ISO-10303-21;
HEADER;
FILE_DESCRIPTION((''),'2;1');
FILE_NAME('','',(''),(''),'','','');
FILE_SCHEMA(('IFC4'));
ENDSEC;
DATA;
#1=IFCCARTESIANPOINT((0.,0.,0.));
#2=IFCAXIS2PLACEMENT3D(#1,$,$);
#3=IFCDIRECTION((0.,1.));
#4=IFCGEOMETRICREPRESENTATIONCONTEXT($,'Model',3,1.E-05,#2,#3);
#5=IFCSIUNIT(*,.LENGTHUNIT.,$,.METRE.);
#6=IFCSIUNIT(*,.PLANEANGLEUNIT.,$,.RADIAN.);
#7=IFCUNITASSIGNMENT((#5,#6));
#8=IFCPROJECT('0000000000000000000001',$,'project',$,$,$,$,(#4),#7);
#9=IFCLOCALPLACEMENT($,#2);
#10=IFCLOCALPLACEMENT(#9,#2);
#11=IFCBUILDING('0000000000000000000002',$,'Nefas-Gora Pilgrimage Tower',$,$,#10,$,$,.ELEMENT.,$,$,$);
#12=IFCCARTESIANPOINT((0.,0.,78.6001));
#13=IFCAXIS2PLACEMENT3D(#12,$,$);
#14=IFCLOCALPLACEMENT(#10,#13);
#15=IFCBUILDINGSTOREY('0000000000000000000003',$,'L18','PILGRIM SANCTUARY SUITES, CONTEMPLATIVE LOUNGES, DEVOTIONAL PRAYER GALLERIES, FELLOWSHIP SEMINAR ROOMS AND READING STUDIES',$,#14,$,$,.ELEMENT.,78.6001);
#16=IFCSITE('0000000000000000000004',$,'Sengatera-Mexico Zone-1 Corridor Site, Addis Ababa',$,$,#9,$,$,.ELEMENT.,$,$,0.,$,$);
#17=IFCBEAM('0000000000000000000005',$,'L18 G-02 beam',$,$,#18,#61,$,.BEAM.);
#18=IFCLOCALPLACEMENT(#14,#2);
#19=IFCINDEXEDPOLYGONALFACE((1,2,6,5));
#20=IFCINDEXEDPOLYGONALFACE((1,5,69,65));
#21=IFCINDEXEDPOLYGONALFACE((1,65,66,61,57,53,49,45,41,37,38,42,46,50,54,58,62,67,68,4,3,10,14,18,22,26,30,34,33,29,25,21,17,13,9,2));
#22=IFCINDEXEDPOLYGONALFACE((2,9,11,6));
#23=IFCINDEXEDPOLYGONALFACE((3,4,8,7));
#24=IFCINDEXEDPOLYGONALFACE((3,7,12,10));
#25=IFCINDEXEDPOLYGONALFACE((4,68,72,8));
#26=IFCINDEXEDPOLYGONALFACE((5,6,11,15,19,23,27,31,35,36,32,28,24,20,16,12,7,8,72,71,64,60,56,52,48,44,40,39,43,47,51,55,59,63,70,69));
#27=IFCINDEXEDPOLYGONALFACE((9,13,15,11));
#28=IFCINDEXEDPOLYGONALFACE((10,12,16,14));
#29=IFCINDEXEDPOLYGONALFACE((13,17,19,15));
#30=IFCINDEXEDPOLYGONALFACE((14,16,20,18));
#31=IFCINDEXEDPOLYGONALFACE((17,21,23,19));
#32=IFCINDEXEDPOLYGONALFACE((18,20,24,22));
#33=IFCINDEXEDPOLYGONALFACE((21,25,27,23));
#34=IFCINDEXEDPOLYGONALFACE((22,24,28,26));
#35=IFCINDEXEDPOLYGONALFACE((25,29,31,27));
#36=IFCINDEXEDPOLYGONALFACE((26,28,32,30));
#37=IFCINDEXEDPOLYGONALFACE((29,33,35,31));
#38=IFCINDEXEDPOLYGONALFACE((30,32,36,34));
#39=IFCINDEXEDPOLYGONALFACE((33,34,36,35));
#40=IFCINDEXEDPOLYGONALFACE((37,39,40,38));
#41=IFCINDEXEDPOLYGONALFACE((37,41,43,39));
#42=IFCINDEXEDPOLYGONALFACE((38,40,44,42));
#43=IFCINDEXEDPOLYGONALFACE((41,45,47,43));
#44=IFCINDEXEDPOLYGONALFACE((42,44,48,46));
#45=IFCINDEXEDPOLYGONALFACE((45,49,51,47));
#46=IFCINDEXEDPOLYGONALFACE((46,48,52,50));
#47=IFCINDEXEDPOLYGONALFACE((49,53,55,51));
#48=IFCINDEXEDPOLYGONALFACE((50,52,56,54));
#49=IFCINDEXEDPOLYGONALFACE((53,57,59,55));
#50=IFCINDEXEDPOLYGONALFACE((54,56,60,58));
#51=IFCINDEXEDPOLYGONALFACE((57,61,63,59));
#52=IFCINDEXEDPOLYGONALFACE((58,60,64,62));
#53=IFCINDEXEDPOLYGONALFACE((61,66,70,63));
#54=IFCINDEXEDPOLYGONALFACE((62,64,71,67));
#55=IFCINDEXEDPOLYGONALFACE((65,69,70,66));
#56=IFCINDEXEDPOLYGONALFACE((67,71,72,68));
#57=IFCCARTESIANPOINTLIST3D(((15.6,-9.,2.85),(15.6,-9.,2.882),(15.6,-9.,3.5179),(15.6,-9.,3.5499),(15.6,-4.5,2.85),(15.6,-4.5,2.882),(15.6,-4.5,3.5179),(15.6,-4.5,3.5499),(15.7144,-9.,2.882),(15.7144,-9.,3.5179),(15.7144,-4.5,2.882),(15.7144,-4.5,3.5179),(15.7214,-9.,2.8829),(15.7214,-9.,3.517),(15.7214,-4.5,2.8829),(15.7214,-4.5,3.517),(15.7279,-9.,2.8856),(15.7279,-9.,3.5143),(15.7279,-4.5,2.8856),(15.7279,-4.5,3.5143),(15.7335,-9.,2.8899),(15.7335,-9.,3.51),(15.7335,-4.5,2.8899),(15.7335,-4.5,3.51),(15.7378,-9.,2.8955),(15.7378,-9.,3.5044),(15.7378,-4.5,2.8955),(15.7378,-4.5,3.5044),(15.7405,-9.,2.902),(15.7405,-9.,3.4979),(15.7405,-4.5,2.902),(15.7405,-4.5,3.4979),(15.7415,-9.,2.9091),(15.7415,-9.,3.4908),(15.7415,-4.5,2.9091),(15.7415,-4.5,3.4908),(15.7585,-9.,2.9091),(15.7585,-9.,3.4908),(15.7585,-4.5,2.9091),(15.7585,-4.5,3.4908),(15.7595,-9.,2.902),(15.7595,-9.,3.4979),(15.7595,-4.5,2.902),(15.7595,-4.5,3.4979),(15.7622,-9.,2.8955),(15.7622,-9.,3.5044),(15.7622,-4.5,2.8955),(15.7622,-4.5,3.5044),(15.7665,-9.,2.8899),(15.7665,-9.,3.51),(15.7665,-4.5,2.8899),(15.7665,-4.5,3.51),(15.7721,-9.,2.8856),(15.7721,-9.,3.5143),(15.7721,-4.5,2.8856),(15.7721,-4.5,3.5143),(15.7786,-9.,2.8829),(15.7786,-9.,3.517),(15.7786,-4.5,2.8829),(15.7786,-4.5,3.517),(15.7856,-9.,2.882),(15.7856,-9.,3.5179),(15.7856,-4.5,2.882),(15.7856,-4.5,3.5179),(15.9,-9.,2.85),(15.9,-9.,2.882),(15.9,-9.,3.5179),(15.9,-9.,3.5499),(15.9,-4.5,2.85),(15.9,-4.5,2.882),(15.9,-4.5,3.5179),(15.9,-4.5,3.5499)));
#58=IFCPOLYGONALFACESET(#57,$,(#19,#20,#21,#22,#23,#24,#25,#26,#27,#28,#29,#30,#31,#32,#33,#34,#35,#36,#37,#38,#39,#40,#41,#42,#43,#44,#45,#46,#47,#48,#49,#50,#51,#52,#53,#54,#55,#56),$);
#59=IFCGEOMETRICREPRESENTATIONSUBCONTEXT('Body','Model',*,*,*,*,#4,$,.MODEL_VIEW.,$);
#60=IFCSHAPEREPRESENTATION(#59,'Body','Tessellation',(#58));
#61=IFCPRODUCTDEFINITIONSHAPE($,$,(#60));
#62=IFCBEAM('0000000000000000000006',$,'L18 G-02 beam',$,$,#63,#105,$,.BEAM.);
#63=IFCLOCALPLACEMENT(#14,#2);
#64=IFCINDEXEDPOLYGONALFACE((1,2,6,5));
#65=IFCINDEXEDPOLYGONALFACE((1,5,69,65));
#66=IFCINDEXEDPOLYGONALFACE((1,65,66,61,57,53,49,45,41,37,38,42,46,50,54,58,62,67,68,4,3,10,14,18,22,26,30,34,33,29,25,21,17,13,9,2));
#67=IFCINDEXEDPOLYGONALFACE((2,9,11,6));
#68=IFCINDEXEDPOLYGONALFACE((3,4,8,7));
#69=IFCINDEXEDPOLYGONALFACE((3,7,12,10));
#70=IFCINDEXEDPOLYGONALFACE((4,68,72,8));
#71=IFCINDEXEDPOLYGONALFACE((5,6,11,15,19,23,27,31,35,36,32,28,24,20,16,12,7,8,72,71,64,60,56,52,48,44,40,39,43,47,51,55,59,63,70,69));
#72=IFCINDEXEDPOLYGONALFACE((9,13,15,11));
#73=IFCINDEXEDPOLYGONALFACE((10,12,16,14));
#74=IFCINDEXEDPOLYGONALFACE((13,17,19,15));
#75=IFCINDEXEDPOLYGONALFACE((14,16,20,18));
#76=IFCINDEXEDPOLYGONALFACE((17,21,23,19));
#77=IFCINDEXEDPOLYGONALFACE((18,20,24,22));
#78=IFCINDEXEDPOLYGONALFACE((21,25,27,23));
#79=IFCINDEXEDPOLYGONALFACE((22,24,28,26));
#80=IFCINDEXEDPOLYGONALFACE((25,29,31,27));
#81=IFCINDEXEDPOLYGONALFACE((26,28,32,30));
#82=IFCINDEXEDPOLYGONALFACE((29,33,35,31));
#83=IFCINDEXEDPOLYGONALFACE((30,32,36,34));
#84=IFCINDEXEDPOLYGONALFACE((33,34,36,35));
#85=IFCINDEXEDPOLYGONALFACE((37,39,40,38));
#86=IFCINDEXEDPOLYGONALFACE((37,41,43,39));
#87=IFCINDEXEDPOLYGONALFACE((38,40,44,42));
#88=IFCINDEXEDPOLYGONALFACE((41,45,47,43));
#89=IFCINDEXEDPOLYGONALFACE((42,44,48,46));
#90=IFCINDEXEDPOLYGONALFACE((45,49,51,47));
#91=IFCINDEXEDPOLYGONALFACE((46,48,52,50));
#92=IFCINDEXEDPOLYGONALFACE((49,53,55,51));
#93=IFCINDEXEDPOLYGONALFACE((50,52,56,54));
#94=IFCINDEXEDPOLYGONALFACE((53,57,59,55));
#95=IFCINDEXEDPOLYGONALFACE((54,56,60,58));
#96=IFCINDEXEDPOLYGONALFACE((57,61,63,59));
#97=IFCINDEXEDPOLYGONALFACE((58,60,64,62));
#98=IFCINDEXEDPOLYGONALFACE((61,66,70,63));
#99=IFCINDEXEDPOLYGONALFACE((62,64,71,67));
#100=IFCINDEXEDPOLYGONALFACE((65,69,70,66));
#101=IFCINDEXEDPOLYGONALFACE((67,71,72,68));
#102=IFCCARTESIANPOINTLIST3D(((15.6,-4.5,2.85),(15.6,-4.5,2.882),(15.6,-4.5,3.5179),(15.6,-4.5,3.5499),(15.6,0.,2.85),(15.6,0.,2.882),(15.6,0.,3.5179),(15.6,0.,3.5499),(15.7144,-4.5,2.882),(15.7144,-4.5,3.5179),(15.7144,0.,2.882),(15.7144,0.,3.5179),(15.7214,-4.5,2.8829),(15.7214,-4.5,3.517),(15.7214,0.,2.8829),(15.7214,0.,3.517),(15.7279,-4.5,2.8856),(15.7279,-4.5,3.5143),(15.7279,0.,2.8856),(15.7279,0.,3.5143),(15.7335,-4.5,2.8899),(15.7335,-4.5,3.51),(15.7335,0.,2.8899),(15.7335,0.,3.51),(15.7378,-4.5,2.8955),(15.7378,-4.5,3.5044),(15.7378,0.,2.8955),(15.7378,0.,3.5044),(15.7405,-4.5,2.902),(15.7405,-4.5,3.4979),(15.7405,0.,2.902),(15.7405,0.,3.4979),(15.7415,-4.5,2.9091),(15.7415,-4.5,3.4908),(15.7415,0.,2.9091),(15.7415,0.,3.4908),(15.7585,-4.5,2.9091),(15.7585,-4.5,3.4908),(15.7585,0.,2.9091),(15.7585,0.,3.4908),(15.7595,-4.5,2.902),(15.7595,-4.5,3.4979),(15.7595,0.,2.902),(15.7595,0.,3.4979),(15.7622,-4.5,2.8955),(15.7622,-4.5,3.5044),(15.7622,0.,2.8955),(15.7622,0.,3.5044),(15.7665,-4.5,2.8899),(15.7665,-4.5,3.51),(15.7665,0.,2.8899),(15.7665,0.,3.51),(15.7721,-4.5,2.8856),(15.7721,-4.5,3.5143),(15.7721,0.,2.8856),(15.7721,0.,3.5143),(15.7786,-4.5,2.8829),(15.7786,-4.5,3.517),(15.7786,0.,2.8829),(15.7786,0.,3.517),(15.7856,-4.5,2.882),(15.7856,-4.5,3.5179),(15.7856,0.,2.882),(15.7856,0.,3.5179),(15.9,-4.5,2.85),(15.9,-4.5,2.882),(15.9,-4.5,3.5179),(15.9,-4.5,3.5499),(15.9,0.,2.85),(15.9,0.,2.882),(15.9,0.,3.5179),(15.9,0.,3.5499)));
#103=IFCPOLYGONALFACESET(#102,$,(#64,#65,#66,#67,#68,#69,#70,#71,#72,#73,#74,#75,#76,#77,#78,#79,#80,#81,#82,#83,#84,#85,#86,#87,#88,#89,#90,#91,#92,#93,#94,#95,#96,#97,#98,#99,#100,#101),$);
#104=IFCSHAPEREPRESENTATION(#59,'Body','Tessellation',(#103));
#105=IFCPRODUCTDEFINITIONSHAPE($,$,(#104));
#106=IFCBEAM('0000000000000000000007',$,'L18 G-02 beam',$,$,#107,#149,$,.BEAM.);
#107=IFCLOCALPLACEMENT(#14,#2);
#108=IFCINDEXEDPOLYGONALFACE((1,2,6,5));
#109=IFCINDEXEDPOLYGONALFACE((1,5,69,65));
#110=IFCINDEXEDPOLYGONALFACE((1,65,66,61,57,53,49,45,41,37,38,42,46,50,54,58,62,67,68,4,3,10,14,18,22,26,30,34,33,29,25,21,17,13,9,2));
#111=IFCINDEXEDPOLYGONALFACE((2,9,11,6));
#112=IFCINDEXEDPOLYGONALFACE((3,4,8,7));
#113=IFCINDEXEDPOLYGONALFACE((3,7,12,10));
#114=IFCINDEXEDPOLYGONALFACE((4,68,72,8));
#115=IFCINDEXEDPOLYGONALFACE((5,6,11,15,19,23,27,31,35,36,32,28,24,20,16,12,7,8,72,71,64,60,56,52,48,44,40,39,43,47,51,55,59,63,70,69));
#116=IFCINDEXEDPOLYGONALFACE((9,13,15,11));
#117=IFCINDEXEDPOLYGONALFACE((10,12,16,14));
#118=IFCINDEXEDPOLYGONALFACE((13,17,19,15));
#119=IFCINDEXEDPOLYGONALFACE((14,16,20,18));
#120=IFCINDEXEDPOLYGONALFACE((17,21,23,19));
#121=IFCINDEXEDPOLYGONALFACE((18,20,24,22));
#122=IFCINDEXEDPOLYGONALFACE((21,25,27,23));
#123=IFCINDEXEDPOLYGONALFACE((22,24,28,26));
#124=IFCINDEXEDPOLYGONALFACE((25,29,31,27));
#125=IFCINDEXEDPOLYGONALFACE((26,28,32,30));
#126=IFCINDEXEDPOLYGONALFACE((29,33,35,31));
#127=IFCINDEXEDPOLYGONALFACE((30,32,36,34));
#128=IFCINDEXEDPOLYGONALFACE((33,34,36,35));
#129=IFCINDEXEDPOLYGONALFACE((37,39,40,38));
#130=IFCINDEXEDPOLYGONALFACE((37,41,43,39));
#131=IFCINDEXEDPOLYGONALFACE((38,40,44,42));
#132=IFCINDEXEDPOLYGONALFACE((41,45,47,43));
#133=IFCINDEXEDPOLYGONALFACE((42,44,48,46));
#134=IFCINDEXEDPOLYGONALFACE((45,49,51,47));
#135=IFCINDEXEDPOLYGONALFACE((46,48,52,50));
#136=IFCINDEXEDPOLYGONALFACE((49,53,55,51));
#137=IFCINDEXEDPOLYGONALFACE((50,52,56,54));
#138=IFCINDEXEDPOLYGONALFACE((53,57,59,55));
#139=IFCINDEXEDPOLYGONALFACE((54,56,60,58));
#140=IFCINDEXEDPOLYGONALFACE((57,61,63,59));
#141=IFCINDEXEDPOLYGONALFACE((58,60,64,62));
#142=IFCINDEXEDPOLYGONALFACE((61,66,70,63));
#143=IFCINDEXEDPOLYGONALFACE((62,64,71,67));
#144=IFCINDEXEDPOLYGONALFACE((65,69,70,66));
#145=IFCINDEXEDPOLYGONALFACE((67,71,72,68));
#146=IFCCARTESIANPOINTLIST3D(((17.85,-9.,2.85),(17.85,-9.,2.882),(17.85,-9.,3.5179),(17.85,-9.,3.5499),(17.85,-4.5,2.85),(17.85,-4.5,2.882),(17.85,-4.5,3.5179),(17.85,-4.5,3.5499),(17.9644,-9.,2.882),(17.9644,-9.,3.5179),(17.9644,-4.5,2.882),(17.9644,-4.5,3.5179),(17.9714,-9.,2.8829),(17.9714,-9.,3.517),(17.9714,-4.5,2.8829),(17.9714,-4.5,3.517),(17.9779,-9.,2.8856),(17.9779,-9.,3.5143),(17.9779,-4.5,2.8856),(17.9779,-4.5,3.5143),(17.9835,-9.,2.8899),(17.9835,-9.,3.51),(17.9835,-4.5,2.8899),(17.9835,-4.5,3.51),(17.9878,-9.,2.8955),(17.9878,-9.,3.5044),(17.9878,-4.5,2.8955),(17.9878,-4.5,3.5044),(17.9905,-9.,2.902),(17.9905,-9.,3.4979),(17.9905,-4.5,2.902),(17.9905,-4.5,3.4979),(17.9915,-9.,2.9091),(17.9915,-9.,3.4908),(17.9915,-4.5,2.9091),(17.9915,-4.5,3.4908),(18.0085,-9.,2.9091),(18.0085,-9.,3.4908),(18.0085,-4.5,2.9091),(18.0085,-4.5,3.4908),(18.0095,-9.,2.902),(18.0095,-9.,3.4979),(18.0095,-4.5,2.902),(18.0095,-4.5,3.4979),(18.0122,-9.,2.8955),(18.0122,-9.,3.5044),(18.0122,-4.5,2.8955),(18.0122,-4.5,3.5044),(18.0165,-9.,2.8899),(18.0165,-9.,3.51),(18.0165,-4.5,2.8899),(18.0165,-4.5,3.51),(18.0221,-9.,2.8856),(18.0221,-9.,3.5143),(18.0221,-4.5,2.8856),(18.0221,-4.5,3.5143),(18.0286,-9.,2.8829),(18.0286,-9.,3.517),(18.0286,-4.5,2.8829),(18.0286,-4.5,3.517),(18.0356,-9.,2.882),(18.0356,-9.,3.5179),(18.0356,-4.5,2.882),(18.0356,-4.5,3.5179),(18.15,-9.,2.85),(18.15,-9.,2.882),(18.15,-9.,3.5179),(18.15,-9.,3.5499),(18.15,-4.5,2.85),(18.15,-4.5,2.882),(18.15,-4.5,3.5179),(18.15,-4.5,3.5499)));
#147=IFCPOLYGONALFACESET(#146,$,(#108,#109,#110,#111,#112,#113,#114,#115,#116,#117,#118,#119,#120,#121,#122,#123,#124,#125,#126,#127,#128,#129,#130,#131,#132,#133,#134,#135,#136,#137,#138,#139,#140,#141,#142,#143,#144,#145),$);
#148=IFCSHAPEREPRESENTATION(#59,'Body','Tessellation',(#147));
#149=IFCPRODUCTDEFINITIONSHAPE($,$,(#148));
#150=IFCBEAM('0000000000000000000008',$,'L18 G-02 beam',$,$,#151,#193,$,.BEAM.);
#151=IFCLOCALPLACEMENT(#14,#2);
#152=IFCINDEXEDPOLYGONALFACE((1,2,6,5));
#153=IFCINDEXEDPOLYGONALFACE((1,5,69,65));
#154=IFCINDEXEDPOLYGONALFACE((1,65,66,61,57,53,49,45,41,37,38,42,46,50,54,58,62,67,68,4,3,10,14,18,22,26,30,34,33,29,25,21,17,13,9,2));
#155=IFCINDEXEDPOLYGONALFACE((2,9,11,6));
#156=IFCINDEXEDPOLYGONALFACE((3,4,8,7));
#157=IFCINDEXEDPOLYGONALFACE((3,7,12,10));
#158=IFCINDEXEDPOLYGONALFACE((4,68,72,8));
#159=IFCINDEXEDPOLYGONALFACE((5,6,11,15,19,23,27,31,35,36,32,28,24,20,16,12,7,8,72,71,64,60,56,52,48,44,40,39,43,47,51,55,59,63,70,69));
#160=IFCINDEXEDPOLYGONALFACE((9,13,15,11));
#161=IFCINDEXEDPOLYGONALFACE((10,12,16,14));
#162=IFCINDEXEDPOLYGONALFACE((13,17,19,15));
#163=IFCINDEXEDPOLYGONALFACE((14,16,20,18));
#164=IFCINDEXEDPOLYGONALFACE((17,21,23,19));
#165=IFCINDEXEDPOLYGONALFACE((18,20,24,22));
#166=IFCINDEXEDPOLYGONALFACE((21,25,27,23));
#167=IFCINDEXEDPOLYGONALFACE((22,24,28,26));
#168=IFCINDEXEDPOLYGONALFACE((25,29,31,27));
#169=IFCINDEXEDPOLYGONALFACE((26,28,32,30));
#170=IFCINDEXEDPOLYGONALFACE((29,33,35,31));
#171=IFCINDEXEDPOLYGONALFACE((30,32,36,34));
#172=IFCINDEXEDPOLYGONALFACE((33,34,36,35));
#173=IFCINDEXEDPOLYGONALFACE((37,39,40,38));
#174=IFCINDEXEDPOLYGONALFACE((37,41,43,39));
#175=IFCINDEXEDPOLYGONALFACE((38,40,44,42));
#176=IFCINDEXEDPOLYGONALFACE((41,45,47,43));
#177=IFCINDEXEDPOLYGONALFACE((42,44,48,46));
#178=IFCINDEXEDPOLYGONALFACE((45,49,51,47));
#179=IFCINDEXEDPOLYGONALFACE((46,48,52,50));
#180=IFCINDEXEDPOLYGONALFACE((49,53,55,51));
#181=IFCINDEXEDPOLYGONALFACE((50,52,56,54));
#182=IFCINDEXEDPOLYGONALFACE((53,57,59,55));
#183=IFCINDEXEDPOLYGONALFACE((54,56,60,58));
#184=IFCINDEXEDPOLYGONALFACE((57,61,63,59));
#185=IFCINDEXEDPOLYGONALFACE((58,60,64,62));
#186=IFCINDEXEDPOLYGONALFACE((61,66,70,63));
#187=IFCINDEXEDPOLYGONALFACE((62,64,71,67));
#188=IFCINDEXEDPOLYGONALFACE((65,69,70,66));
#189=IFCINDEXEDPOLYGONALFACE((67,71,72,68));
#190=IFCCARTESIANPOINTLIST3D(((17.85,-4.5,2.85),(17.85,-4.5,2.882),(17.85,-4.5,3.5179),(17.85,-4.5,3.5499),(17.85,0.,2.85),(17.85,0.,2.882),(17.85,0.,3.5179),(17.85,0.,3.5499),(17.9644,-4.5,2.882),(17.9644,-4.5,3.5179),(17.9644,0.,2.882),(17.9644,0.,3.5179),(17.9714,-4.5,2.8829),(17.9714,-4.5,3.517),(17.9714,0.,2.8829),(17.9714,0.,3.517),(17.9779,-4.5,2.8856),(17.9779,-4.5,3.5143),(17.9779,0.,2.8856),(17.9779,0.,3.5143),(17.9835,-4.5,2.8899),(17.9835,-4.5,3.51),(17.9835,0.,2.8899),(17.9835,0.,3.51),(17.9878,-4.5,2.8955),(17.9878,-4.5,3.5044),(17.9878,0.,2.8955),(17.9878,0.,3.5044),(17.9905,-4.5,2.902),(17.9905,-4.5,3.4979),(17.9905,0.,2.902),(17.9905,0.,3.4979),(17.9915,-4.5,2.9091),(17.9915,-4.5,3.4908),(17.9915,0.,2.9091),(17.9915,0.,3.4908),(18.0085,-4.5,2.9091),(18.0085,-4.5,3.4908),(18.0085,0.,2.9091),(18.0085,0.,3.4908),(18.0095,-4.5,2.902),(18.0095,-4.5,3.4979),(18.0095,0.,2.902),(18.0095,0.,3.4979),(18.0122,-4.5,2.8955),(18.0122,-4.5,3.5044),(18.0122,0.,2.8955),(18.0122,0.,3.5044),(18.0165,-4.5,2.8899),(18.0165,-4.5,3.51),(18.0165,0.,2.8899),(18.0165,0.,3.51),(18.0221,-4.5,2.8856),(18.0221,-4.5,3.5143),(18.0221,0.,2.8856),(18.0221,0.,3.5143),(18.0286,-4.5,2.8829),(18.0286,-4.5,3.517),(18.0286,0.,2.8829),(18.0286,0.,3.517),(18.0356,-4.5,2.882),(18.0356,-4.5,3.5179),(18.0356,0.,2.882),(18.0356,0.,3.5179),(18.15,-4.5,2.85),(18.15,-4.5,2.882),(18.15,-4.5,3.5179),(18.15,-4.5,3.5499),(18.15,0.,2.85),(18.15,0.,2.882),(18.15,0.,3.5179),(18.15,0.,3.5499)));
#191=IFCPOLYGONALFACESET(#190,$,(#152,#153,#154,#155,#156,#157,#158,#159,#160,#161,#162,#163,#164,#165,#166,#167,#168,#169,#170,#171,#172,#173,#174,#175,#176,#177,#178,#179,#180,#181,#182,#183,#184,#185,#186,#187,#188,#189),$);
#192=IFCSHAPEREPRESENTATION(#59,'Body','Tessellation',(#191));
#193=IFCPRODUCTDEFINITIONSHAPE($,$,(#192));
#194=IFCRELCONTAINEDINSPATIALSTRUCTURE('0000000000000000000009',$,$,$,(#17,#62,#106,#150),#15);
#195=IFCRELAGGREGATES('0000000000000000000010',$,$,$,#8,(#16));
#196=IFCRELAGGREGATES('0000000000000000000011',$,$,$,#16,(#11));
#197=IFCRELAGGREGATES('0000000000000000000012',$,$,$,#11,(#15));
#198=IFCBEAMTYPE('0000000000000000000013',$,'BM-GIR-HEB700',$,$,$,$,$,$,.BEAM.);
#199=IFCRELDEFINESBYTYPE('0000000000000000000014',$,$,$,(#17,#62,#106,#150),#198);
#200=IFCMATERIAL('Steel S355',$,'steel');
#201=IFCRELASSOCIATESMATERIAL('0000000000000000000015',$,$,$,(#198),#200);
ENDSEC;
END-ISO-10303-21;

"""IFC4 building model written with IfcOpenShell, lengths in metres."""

from ifc_helpers import new_model, si_unit, direction, frame, origin, origin_2d, place, context, subcontext, project, spatial, i_section, extrude, source, transform, mapped, material, material_profile, profile_set, type_object, element, save


model = new_model("IFC4")

# Units and contexts
model_context = context("Model", 3, precision=1e-05, world=origin(), true_north=direction((0.0, 1.0)))
body_context = subcontext(model_context, "Body", "Model", "MODEL_VIEW")
ifc_project = project(units=[si_unit("LENGTHUNIT", "METRE"), si_unit("PLANEANGLEUNIT", "RADIAN")], contexts=[model_context])

# Site, building, storey
site_placement = place(None, origin())
site = spatial("IfcSite", under=ifc_project, at=site_placement, Name="Sengatera-Mexico Zone-1 Corridor Site, Addis Ababa", CompositionType="ELEMENT", RefElevation=0.0)
building_placement = place(site_placement, origin())
building = spatial("IfcBuilding", under=site, at=building_placement, Name="Nefas-Gora Pilgrimage Tower", CompositionType="ELEMENT")
storey_placement = place(building_placement, frame((0.0, 0.0, 78.6001)))
storey = spatial("IfcBuildingStorey", under=building, at=storey_placement, Name="L18", Description="PILGRIM SANCTUARY SUITES, CONTEMPLATIVE LOUNGES, DEVOTIONAL PRAYER GALLERIES, FELLOWSHIP SEMINAR ROOMS AND READING STUDIES", CompositionType="ELEMENT", Elevation=78.6001)

# Beams
ifc_material_1 = material(Name="Steel S355", Category="steel")
ifc_material_profile_1 = material_profile(ifc_material_1, i_section(OverallWidth=0.3, OverallDepth=0.7, WebThickness=0.0171, FlangeThickness=0.032, FilletRadius=0.0271, at=origin_2d()), Name="HEB 700")
ifc_profile_set_1 = profile_set([ifc_material_profile_1], Name="Steel S355")
beam_type_1 = type_object("IfcBeamType", Name="BM-GIR-HEB700", PredefinedType="BEAM", material=ifc_profile_set_1)
shared_shape_1 = source(origin(), body_context, "Body", "SweptSolid", [
    extrude(i_section(OverallWidth=0.3, OverallDepth=0.7, WebThickness=0.0171, FlangeThickness=0.032, FilletRadius=0.0271, at=origin_2d()), origin(), (0.0, 0.0, 1.0), 4.5),
])
for number, where, z_axis, x_axis, name in (
    (1, (15.75, -9.0, 3.2), (0.0, 1.0, 0.0), (-1.0, 0.0, 0.0), "L18 G-02 beam"),
    (2, (15.75, -4.5, 3.2), (0.0, 1.0, 0.0), (-1.0, 0.0, 0.0), "L18 G-02 beam"),
    (3, (18.0, -9.0, 3.2), (0.0, 1.0, 0.0), (-1.0, 0.0, 0.0), "L18 G-02 beam"),
    (4, (18.0, -4.5, 3.2), (0.0, 1.0, 0.0), (-1.0, 0.0, 0.0), "L18 G-02 beam"),
):
    element("IfcBeam", number, at=place(storey_placement, frame(where, z_axis=z_axis, x_axis=x_axis)), inside=storey, type_object=beam_type_1, Name=name, PredefinedType="BEAM", context=body_context, shape_type="MappedRepresentation", body=[
        mapped(shared_shape_1, transform((0.0, 0.0, 0.0), x_axis=(1.0, 0.0, 0.0), y_axis=(0.0, 1.0, 0.0), z_axis=(0.0, 0.0, 1.0), scale=1.0)),
    ])

save(model, "model.ifc")
